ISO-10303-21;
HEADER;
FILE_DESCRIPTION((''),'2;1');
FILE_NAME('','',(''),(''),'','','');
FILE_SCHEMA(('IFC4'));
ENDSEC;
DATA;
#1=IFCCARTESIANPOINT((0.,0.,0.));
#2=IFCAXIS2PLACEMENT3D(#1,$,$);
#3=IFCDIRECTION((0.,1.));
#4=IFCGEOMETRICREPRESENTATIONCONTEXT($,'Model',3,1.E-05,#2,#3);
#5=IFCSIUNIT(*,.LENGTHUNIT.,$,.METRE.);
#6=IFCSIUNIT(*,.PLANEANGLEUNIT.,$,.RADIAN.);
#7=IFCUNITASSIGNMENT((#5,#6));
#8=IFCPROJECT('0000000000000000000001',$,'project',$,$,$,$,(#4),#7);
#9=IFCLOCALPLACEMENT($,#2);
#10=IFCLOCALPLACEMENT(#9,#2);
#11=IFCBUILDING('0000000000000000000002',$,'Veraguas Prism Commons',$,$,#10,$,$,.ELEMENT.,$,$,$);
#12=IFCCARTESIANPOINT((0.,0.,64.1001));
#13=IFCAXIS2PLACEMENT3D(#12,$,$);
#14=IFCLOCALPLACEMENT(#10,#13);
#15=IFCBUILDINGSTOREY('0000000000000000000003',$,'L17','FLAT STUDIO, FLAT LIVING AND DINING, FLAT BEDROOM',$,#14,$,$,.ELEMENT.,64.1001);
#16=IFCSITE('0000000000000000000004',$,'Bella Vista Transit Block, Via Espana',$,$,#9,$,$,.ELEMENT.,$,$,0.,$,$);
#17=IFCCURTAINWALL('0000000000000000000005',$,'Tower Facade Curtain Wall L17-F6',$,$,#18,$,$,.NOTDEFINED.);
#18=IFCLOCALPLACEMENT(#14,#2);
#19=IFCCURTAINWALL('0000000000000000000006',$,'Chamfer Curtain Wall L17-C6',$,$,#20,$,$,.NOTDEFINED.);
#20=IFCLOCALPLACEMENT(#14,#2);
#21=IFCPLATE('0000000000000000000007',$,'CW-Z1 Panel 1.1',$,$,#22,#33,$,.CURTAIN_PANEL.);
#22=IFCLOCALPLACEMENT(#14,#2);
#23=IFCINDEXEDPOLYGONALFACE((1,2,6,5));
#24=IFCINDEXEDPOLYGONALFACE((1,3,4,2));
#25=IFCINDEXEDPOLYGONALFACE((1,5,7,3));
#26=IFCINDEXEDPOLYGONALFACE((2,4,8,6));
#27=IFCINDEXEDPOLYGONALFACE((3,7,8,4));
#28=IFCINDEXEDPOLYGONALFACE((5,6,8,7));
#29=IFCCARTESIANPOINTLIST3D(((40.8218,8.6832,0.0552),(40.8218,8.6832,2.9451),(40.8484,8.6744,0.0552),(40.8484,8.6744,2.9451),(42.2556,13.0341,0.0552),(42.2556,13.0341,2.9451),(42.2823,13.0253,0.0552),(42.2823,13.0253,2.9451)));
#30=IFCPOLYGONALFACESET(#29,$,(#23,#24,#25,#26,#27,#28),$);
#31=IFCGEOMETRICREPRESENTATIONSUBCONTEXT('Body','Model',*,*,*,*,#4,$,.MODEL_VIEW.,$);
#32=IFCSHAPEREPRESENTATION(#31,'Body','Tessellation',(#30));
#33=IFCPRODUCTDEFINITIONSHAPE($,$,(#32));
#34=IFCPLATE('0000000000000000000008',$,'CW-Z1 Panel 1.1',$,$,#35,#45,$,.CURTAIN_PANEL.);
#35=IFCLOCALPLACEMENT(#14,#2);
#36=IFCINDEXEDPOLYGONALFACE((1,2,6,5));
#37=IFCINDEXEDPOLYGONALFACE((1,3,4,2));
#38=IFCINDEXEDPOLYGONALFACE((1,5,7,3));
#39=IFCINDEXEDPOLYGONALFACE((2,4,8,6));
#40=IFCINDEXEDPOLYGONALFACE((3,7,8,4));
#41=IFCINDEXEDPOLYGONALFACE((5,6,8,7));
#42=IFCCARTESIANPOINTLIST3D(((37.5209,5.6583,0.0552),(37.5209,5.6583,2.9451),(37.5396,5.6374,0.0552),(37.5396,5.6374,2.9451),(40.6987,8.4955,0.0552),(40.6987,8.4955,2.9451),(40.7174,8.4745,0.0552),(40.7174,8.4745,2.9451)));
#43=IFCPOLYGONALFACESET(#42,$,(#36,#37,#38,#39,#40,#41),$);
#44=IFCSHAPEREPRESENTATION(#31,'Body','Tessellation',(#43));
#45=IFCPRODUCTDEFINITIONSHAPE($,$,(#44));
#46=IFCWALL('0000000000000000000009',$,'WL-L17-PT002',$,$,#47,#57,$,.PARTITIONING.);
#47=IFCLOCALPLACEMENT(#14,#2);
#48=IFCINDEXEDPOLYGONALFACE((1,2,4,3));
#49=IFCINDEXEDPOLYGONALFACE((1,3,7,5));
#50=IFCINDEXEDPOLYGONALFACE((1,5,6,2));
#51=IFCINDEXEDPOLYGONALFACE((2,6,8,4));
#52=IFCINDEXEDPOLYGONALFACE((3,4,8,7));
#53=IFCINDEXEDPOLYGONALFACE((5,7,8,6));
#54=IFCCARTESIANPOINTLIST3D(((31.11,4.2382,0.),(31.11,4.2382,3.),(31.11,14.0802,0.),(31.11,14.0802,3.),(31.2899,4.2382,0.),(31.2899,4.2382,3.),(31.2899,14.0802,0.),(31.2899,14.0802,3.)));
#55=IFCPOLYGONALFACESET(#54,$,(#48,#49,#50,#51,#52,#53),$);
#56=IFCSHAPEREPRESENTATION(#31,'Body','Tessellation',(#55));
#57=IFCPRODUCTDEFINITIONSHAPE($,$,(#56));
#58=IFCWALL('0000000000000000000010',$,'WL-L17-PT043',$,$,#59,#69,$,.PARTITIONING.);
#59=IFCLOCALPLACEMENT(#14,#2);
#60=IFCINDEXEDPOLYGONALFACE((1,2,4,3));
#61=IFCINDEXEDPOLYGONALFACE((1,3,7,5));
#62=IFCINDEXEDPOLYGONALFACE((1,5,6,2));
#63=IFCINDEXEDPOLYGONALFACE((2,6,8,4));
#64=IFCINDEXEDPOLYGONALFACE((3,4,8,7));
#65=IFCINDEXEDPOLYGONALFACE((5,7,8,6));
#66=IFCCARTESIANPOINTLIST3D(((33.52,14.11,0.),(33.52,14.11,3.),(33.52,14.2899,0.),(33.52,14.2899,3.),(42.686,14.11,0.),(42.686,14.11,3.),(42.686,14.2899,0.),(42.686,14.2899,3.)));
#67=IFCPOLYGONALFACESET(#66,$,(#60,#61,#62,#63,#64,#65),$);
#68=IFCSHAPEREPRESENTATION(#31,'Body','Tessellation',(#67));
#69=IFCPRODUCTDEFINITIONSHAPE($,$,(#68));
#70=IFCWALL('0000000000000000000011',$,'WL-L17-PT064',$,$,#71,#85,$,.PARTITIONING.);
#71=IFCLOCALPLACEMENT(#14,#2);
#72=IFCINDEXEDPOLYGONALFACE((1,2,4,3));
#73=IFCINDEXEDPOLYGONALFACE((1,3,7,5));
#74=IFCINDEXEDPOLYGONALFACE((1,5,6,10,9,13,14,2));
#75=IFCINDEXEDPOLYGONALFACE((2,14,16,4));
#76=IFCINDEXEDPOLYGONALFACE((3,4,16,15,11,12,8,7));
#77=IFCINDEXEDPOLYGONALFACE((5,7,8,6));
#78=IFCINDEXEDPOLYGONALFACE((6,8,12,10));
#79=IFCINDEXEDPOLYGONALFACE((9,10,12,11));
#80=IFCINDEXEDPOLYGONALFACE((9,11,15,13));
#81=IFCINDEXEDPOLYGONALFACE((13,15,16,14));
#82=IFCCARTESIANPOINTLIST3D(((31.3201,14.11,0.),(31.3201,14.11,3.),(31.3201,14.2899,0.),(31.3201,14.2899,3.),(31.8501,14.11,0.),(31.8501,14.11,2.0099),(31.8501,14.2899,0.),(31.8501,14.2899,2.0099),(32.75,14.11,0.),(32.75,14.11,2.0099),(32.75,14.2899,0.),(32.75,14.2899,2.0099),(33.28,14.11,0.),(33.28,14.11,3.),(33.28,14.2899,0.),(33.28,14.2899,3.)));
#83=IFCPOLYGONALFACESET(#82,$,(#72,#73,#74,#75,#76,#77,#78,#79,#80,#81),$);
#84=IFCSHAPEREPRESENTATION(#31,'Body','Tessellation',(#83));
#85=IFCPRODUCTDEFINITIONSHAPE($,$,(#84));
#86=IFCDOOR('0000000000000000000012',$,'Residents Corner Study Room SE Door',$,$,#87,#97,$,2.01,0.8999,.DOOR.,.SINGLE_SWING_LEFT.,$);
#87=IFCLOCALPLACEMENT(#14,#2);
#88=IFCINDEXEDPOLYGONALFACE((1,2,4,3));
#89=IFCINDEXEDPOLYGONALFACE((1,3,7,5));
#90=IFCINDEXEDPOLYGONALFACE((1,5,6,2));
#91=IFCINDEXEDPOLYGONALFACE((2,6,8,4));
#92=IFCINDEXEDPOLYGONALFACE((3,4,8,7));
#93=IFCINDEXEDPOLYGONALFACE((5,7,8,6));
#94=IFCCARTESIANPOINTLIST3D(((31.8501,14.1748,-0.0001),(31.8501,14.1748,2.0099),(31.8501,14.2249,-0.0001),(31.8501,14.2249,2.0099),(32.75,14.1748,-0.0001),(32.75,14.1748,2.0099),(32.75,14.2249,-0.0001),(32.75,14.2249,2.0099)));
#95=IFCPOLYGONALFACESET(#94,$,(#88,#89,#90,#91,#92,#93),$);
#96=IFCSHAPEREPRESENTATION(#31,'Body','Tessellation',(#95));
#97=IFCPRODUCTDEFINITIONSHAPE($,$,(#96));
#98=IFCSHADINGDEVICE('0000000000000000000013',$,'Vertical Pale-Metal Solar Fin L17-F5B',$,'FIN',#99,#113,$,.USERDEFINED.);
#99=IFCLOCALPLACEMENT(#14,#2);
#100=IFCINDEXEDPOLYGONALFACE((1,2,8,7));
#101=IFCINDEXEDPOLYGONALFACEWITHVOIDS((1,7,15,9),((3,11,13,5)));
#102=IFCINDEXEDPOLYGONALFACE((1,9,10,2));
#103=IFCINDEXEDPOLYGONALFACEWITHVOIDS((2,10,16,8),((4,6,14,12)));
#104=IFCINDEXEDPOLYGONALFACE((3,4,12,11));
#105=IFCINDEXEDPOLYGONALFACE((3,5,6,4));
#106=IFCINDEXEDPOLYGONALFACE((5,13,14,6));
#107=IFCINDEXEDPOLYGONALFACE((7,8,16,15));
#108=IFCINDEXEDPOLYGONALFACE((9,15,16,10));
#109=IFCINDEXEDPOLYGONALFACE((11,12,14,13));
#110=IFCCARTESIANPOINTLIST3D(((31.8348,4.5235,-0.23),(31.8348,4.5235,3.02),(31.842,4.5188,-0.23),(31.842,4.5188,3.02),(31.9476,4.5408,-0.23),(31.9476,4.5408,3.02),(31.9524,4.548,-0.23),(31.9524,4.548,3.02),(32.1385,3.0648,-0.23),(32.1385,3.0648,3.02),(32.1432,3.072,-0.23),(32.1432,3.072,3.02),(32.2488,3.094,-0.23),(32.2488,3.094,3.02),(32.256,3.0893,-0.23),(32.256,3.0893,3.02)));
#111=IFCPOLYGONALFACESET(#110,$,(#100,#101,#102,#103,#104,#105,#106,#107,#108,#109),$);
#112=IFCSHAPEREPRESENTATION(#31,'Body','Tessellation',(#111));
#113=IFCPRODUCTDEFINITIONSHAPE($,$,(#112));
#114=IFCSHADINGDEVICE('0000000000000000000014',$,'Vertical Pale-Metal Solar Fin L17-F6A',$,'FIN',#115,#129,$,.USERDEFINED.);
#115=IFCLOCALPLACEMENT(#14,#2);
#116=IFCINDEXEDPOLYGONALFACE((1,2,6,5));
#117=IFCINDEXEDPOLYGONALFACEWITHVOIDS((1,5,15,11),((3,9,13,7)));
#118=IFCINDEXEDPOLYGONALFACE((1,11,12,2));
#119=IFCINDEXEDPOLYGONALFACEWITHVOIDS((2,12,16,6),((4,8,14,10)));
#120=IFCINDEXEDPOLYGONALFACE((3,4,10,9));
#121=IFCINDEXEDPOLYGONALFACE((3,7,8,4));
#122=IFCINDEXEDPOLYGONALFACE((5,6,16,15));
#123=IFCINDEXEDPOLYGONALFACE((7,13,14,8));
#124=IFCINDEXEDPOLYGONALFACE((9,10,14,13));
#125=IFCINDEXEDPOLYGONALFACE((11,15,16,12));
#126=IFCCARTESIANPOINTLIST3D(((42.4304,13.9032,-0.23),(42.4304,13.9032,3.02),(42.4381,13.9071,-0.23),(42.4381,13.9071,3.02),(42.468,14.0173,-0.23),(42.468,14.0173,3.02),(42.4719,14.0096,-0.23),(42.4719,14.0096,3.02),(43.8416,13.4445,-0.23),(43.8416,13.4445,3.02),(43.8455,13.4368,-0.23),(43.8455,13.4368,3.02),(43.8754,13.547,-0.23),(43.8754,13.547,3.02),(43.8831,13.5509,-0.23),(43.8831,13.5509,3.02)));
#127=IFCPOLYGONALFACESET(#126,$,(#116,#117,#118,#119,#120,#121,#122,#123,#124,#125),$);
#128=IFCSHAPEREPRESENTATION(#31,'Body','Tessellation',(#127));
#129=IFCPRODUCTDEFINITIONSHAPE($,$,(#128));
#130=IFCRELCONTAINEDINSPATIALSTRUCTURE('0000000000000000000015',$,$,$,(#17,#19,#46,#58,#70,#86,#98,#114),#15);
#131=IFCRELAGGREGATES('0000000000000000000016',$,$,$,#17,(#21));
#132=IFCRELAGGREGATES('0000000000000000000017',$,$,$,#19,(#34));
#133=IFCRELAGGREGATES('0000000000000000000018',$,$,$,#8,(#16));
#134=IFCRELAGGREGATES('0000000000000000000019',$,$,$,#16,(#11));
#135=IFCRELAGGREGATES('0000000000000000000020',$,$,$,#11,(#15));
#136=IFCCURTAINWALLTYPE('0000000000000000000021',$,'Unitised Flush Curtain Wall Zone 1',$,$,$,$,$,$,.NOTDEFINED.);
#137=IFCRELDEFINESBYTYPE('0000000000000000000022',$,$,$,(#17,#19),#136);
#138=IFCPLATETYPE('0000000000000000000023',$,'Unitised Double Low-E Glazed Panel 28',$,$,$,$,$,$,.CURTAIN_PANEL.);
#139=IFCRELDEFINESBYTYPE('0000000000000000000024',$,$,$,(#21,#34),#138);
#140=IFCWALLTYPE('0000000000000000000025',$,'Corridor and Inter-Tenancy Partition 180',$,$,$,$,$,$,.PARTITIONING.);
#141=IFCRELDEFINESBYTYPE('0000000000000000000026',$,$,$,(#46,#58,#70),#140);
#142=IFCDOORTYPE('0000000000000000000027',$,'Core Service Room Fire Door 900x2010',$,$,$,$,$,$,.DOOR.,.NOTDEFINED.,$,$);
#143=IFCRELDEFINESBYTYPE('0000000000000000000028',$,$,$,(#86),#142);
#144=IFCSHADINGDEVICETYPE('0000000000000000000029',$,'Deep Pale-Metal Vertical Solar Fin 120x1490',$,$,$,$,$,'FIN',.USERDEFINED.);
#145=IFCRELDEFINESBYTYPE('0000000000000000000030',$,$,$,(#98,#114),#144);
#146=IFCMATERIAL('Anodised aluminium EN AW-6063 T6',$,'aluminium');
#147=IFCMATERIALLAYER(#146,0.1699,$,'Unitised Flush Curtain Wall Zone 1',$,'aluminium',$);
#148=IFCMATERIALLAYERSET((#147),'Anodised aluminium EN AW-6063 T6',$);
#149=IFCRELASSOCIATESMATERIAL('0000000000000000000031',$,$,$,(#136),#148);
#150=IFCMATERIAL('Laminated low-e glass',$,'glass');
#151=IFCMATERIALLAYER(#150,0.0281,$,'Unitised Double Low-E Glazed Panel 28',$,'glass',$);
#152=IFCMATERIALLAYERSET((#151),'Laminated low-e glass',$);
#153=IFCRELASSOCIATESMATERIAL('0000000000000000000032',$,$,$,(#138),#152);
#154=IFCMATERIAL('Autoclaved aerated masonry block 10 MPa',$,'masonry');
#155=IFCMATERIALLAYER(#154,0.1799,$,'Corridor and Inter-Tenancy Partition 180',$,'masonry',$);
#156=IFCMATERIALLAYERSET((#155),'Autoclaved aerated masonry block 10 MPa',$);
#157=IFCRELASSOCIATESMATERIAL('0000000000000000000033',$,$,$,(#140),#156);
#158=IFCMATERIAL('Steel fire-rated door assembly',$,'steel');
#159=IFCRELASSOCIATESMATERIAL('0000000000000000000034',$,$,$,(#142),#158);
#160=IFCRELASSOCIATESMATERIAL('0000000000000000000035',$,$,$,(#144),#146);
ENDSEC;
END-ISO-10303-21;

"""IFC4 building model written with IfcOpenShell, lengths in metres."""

from ifc_helpers import new_model, si_unit, direction, frame, frame_2d, origin, origin_2d, place, context, subcontext, project, spatial, rectangle, hollow_rectangle, extrude, source, transform, mapped, material, layer, layer_set, material_profile, profile_set, type_object, element, fill, aggregate, save


model = new_model("IFC4")

# Units and contexts
model_context = context("Model", 3, precision=1e-05, world=origin(), true_north=direction((0.0, 1.0)))
body_context = subcontext(model_context, "Body", "Model", "MODEL_VIEW")
ifc_project = project(units=[si_unit("LENGTHUNIT", "METRE"), si_unit("PLANEANGLEUNIT", "RADIAN")], contexts=[model_context])

# Site, building, storey
site_placement = place(None, origin())
site = spatial("IfcSite", under=ifc_project, at=site_placement, Name="Bella Vista Transit Block, Via Espana", CompositionType="ELEMENT", RefElevation=0.0)
building_placement = place(site_placement, origin())
building = spatial("IfcBuilding", under=site, at=building_placement, Name="Veraguas Prism Commons", CompositionType="ELEMENT")
storey_placement = place(building_placement, frame((0.0, 0.0, 64.1001)))
storey = spatial("IfcBuildingStorey", under=building, at=storey_placement, Name="L17", Description="FLAT STUDIO, FLAT LIVING AND DINING, FLAT BEDROOM", CompositionType="ELEMENT", Elevation=64.1001)

# Curtain walls
ifc_material_1 = material(Name="Anodised aluminium EN AW-6063 T6", Category="aluminium")
ifc_layer_1 = layer(ifc_material_1, 0.1699, Name="Unitised Flush Curtain Wall Zone 1", Category="aluminium")
ifc_layer_set_1 = layer_set([ifc_layer_1], Name="Anodised aluminium EN AW-6063 T6")
curtain_wall_type = type_object("IfcCurtainWallType", Name="Unitised Flush Curtain Wall Zone 1", PredefinedType="NOTDEFINED", material=ifc_layer_set_1)
curtain_wall_1_placement = place(storey_placement, origin())
curtain_wall_1 = element("IfcCurtainWall", 1, at=curtain_wall_1_placement, inside=storey, type_object=curtain_wall_type, Name="Tower Facade Curtain Wall L17-F6", PredefinedType="NOTDEFINED")
curtain_wall_2_placement = place(storey_placement, origin())
curtain_wall_2 = element("IfcCurtainWall", 2, at=curtain_wall_2_placement, inside=storey, type_object=curtain_wall_type, Name="Chamfer Curtain Wall L17-C6", PredefinedType="NOTDEFINED")

# Plates
ifc_material_2 = material(Name="Laminated low-e glass", Category="glass")
ifc_layer_2 = layer(ifc_material_2, 0.0281, Name="Unitised Double Low-E Glazed Panel 28", Category="glass")
ifc_layer_set_2 = layer_set([ifc_layer_2], Name="Laminated low-e glass")
plate_type = type_object("IfcPlateType", Name="Unitised Double Low-E Glazed Panel 28", PredefinedType="CURTAIN_PANEL", material=ifc_layer_set_2)
shared_shape_1 = source(origin(), body_context, "Body", "SweptSolid", [
    extrude(rectangle(XDim=4.5811, YDim=0.0281, at=origin_2d()), origin(), (0.0, 0.0, 1.0), 2.8899),
])
plate_1_placement = place(storey_placement, frame((41.552, 10.8542, 0.0552), z_axis=(0.0, 0.0, 1.0), x_axis=(0.312991, 0.949756, 0.0)))
plate_1 = element("IfcPlate", 3, at=plate_1_placement, type_object=plate_type, Name="CW-Z1 Panel 1.1", PredefinedType="CURTAIN_PANEL", context=body_context, shape_type="MappedRepresentation", body=[
    mapped(shared_shape_1, transform((0.0, 0.0, 0.0), scale=1.0)),
])
aggregate(curtain_wall_1, [plate_1])
shared_shape_2 = source(origin(), body_context, "Body", "SweptSolid", [
    extrude(rectangle(XDim=4.26, YDim=0.0281, at=origin_2d()), origin(), (0.0, 0.0, 1.0), 2.8899),
])
plate_2_placement = place(storey_placement, frame((39.1191, 7.0664, 0.0552), z_axis=(0.0, 0.0, 1.0), x_axis=(0.745954, 0.665998, 0.0)))
plate_2 = element("IfcPlate", 4, at=plate_2_placement, type_object=plate_type, Name="CW-Z1 Panel 1.1", PredefinedType="CURTAIN_PANEL", context=body_context, shape_type="MappedRepresentation", body=[
    mapped(shared_shape_2, transform((0.0, 0.0, 0.0), scale=1.0)),
])
aggregate(curtain_wall_2, [plate_2])

# Walls
ifc_material_3 = material(Name="Autoclaved aerated masonry block 10 MPa", Category="masonry")
ifc_layer_3 = layer(ifc_material_3, 0.1799, Name="Corridor and Inter-Tenancy Partition 180", Category="masonry")
ifc_layer_set_3 = layer_set([ifc_layer_3], Name="Autoclaved aerated masonry block 10 MPa")
wall_type = type_object("IfcWallType", Name="Corridor and Inter-Tenancy Partition 180", PredefinedType="PARTITIONING", material=ifc_layer_set_3)
wall_1_placement = place(storey_placement, frame((31.2, 14.0801, 0.0), z_axis=(0.0, 0.0, 1.0), x_axis=(0.0, -1.0, 0.0)))
element("IfcWall", 5, at=wall_1_placement, inside=storey, type_object=wall_type, Name="WL-L17-PT002", PredefinedType="PARTITIONING", context=body_context, shape_type="SweptSolid", body=[
    extrude(rectangle(XDim=9.842, YDim=0.1799, at=frame_2d((4.9209, 0.0))), origin(), (0.0, 0.0, 1.0), 3.0),
])
wall_2_placement = place(storey_placement, frame((33.52, 14.2, 0.0), z_axis=(0.0, 0.0, 1.0), x_axis=(1.0, 0.0, 0.0)))
element("IfcWall", 6, at=wall_2_placement, inside=storey, type_object=wall_type, Name="WL-L17-PT043", PredefinedType="PARTITIONING", context=body_context, shape_type="SweptSolid", body=[
    extrude(rectangle(XDim=9.166, YDim=0.1799, at=frame_2d((4.583, 0.0))), origin(), (0.0, 0.0, 1.0), 3.0),
])

# Wall, opening, door
wall_3_placement = place(storey_placement, frame((31.3201, 14.2, 0.0), z_axis=(0.0, 0.0, 1.0), x_axis=(1.0, 0.0, 0.0)))
wall_3 = element("IfcWall", 7, at=wall_3_placement, inside=storey, type_object=wall_type, Name="WL-L17-PT064", PredefinedType="PARTITIONING", context=body_context, shape_type="SweptSolid", body=[
    extrude(rectangle(XDim=1.96, YDim=0.1799, at=frame_2d((0.98, 0.0))), origin(), (0.0, 0.0, 1.0), 3.0),
])
opening_placement = place(wall_3_placement, frame((0.53, 0.0, 0.0)))
opening = element("IfcOpeningElement", 8, at=opening_placement, cuts=wall_3, PredefinedType="OPENING", context=body_context, shape_type="SweptSolid", body=[
    extrude(rectangle(XDim=0.8999, YDim=2.01, at=frame_2d((0.45, 1.0049))), frame((0.0, 0.0999, 0.0), z_axis=(0.0, -1.0, 0.0), x_axis=(1.0, 0.0, 0.0)), (0.0, 0.0, 1.0), 0.2),
])
ifc_material_4 = material(Name="Steel fire-rated door assembly", Category="steel")
door_type = type_object("IfcDoorType", Name="Core Service Room Fire Door 900x2010", OperationType="NOTDEFINED", PredefinedType="DOOR", material=ifc_material_4)
shared_shape_3 = source(origin(), body_context, "Body", "SweptSolid", [
    extrude(rectangle(XDim=0.8999, YDim=2.01, at=frame_2d((0.45, 1.0049))), frame((0.0, 0.0249, 0.0), z_axis=(0.0, -1.0, 0.0), x_axis=(1.0, 0.0, 0.0)), (0.0, 0.0, 1.0), 0.05),
])
door_placement = place(opening_placement, origin())
door = element("IfcDoor", 9, at=door_placement, inside=storey, type_object=door_type, Name="Residents Corner Study Room SE Door", OperationType="SINGLE_SWING_LEFT", OverallHeight=2.01, OverallWidth=0.8999, PredefinedType="DOOR", context=body_context, shape_type="MappedRepresentation", body=[
    mapped(shared_shape_3, transform((0.0, 0.0, 0.0), scale=1.0)),
])
fill(opening, door)

# Shading devices
ifc_material_profile_1 = material_profile(ifc_material_1, hollow_rectangle(XDim=0.1201, YDim=1.49, WallThickness=0.0061, at=origin_2d()), Name="FIN120X1490X6")
ifc_profile_set_1 = profile_set([ifc_material_profile_1], Name="Anodised aluminium EN AW-6063 T6")
shading_device_type = type_object("IfcShadingDeviceType", Name="Deep Pale-Metal Vertical Solar Fin 120x1490", ElementType="FIN", PredefinedType="USERDEFINED", material=ifc_profile_set_1)
for number, where, z_axis, x_axis, name in (
    (10, (32.0454, 3.8064, -0.23), (0.0, 0.0, 1.0), (0.97901, 0.203814, 0.0), "Vertical Pale-Metal Solar Fin L17-F5B"),
    (11, (43.1567, 13.7271, -0.23), (0.0, 0.0, 1.0), (0.312993, 0.949755, 0.0), "Vertical Pale-Metal Solar Fin L17-F6A"),
):
    element("IfcShadingDevice", number, at=place(storey_placement, frame(where, z_axis=z_axis, x_axis=x_axis)), inside=storey, type_object=shading_device_type, Name=name, ObjectType="FIN", PredefinedType="USERDEFINED", context=body_context, shape_type="SweptSolid", body=[
        extrude(hollow_rectangle(XDim=0.1201, YDim=1.49, WallThickness=0.0061, at=origin_2d()), origin(), (0.0, 0.0, 1.0), 3.25),
    ])

save(model, "model.ifc")
